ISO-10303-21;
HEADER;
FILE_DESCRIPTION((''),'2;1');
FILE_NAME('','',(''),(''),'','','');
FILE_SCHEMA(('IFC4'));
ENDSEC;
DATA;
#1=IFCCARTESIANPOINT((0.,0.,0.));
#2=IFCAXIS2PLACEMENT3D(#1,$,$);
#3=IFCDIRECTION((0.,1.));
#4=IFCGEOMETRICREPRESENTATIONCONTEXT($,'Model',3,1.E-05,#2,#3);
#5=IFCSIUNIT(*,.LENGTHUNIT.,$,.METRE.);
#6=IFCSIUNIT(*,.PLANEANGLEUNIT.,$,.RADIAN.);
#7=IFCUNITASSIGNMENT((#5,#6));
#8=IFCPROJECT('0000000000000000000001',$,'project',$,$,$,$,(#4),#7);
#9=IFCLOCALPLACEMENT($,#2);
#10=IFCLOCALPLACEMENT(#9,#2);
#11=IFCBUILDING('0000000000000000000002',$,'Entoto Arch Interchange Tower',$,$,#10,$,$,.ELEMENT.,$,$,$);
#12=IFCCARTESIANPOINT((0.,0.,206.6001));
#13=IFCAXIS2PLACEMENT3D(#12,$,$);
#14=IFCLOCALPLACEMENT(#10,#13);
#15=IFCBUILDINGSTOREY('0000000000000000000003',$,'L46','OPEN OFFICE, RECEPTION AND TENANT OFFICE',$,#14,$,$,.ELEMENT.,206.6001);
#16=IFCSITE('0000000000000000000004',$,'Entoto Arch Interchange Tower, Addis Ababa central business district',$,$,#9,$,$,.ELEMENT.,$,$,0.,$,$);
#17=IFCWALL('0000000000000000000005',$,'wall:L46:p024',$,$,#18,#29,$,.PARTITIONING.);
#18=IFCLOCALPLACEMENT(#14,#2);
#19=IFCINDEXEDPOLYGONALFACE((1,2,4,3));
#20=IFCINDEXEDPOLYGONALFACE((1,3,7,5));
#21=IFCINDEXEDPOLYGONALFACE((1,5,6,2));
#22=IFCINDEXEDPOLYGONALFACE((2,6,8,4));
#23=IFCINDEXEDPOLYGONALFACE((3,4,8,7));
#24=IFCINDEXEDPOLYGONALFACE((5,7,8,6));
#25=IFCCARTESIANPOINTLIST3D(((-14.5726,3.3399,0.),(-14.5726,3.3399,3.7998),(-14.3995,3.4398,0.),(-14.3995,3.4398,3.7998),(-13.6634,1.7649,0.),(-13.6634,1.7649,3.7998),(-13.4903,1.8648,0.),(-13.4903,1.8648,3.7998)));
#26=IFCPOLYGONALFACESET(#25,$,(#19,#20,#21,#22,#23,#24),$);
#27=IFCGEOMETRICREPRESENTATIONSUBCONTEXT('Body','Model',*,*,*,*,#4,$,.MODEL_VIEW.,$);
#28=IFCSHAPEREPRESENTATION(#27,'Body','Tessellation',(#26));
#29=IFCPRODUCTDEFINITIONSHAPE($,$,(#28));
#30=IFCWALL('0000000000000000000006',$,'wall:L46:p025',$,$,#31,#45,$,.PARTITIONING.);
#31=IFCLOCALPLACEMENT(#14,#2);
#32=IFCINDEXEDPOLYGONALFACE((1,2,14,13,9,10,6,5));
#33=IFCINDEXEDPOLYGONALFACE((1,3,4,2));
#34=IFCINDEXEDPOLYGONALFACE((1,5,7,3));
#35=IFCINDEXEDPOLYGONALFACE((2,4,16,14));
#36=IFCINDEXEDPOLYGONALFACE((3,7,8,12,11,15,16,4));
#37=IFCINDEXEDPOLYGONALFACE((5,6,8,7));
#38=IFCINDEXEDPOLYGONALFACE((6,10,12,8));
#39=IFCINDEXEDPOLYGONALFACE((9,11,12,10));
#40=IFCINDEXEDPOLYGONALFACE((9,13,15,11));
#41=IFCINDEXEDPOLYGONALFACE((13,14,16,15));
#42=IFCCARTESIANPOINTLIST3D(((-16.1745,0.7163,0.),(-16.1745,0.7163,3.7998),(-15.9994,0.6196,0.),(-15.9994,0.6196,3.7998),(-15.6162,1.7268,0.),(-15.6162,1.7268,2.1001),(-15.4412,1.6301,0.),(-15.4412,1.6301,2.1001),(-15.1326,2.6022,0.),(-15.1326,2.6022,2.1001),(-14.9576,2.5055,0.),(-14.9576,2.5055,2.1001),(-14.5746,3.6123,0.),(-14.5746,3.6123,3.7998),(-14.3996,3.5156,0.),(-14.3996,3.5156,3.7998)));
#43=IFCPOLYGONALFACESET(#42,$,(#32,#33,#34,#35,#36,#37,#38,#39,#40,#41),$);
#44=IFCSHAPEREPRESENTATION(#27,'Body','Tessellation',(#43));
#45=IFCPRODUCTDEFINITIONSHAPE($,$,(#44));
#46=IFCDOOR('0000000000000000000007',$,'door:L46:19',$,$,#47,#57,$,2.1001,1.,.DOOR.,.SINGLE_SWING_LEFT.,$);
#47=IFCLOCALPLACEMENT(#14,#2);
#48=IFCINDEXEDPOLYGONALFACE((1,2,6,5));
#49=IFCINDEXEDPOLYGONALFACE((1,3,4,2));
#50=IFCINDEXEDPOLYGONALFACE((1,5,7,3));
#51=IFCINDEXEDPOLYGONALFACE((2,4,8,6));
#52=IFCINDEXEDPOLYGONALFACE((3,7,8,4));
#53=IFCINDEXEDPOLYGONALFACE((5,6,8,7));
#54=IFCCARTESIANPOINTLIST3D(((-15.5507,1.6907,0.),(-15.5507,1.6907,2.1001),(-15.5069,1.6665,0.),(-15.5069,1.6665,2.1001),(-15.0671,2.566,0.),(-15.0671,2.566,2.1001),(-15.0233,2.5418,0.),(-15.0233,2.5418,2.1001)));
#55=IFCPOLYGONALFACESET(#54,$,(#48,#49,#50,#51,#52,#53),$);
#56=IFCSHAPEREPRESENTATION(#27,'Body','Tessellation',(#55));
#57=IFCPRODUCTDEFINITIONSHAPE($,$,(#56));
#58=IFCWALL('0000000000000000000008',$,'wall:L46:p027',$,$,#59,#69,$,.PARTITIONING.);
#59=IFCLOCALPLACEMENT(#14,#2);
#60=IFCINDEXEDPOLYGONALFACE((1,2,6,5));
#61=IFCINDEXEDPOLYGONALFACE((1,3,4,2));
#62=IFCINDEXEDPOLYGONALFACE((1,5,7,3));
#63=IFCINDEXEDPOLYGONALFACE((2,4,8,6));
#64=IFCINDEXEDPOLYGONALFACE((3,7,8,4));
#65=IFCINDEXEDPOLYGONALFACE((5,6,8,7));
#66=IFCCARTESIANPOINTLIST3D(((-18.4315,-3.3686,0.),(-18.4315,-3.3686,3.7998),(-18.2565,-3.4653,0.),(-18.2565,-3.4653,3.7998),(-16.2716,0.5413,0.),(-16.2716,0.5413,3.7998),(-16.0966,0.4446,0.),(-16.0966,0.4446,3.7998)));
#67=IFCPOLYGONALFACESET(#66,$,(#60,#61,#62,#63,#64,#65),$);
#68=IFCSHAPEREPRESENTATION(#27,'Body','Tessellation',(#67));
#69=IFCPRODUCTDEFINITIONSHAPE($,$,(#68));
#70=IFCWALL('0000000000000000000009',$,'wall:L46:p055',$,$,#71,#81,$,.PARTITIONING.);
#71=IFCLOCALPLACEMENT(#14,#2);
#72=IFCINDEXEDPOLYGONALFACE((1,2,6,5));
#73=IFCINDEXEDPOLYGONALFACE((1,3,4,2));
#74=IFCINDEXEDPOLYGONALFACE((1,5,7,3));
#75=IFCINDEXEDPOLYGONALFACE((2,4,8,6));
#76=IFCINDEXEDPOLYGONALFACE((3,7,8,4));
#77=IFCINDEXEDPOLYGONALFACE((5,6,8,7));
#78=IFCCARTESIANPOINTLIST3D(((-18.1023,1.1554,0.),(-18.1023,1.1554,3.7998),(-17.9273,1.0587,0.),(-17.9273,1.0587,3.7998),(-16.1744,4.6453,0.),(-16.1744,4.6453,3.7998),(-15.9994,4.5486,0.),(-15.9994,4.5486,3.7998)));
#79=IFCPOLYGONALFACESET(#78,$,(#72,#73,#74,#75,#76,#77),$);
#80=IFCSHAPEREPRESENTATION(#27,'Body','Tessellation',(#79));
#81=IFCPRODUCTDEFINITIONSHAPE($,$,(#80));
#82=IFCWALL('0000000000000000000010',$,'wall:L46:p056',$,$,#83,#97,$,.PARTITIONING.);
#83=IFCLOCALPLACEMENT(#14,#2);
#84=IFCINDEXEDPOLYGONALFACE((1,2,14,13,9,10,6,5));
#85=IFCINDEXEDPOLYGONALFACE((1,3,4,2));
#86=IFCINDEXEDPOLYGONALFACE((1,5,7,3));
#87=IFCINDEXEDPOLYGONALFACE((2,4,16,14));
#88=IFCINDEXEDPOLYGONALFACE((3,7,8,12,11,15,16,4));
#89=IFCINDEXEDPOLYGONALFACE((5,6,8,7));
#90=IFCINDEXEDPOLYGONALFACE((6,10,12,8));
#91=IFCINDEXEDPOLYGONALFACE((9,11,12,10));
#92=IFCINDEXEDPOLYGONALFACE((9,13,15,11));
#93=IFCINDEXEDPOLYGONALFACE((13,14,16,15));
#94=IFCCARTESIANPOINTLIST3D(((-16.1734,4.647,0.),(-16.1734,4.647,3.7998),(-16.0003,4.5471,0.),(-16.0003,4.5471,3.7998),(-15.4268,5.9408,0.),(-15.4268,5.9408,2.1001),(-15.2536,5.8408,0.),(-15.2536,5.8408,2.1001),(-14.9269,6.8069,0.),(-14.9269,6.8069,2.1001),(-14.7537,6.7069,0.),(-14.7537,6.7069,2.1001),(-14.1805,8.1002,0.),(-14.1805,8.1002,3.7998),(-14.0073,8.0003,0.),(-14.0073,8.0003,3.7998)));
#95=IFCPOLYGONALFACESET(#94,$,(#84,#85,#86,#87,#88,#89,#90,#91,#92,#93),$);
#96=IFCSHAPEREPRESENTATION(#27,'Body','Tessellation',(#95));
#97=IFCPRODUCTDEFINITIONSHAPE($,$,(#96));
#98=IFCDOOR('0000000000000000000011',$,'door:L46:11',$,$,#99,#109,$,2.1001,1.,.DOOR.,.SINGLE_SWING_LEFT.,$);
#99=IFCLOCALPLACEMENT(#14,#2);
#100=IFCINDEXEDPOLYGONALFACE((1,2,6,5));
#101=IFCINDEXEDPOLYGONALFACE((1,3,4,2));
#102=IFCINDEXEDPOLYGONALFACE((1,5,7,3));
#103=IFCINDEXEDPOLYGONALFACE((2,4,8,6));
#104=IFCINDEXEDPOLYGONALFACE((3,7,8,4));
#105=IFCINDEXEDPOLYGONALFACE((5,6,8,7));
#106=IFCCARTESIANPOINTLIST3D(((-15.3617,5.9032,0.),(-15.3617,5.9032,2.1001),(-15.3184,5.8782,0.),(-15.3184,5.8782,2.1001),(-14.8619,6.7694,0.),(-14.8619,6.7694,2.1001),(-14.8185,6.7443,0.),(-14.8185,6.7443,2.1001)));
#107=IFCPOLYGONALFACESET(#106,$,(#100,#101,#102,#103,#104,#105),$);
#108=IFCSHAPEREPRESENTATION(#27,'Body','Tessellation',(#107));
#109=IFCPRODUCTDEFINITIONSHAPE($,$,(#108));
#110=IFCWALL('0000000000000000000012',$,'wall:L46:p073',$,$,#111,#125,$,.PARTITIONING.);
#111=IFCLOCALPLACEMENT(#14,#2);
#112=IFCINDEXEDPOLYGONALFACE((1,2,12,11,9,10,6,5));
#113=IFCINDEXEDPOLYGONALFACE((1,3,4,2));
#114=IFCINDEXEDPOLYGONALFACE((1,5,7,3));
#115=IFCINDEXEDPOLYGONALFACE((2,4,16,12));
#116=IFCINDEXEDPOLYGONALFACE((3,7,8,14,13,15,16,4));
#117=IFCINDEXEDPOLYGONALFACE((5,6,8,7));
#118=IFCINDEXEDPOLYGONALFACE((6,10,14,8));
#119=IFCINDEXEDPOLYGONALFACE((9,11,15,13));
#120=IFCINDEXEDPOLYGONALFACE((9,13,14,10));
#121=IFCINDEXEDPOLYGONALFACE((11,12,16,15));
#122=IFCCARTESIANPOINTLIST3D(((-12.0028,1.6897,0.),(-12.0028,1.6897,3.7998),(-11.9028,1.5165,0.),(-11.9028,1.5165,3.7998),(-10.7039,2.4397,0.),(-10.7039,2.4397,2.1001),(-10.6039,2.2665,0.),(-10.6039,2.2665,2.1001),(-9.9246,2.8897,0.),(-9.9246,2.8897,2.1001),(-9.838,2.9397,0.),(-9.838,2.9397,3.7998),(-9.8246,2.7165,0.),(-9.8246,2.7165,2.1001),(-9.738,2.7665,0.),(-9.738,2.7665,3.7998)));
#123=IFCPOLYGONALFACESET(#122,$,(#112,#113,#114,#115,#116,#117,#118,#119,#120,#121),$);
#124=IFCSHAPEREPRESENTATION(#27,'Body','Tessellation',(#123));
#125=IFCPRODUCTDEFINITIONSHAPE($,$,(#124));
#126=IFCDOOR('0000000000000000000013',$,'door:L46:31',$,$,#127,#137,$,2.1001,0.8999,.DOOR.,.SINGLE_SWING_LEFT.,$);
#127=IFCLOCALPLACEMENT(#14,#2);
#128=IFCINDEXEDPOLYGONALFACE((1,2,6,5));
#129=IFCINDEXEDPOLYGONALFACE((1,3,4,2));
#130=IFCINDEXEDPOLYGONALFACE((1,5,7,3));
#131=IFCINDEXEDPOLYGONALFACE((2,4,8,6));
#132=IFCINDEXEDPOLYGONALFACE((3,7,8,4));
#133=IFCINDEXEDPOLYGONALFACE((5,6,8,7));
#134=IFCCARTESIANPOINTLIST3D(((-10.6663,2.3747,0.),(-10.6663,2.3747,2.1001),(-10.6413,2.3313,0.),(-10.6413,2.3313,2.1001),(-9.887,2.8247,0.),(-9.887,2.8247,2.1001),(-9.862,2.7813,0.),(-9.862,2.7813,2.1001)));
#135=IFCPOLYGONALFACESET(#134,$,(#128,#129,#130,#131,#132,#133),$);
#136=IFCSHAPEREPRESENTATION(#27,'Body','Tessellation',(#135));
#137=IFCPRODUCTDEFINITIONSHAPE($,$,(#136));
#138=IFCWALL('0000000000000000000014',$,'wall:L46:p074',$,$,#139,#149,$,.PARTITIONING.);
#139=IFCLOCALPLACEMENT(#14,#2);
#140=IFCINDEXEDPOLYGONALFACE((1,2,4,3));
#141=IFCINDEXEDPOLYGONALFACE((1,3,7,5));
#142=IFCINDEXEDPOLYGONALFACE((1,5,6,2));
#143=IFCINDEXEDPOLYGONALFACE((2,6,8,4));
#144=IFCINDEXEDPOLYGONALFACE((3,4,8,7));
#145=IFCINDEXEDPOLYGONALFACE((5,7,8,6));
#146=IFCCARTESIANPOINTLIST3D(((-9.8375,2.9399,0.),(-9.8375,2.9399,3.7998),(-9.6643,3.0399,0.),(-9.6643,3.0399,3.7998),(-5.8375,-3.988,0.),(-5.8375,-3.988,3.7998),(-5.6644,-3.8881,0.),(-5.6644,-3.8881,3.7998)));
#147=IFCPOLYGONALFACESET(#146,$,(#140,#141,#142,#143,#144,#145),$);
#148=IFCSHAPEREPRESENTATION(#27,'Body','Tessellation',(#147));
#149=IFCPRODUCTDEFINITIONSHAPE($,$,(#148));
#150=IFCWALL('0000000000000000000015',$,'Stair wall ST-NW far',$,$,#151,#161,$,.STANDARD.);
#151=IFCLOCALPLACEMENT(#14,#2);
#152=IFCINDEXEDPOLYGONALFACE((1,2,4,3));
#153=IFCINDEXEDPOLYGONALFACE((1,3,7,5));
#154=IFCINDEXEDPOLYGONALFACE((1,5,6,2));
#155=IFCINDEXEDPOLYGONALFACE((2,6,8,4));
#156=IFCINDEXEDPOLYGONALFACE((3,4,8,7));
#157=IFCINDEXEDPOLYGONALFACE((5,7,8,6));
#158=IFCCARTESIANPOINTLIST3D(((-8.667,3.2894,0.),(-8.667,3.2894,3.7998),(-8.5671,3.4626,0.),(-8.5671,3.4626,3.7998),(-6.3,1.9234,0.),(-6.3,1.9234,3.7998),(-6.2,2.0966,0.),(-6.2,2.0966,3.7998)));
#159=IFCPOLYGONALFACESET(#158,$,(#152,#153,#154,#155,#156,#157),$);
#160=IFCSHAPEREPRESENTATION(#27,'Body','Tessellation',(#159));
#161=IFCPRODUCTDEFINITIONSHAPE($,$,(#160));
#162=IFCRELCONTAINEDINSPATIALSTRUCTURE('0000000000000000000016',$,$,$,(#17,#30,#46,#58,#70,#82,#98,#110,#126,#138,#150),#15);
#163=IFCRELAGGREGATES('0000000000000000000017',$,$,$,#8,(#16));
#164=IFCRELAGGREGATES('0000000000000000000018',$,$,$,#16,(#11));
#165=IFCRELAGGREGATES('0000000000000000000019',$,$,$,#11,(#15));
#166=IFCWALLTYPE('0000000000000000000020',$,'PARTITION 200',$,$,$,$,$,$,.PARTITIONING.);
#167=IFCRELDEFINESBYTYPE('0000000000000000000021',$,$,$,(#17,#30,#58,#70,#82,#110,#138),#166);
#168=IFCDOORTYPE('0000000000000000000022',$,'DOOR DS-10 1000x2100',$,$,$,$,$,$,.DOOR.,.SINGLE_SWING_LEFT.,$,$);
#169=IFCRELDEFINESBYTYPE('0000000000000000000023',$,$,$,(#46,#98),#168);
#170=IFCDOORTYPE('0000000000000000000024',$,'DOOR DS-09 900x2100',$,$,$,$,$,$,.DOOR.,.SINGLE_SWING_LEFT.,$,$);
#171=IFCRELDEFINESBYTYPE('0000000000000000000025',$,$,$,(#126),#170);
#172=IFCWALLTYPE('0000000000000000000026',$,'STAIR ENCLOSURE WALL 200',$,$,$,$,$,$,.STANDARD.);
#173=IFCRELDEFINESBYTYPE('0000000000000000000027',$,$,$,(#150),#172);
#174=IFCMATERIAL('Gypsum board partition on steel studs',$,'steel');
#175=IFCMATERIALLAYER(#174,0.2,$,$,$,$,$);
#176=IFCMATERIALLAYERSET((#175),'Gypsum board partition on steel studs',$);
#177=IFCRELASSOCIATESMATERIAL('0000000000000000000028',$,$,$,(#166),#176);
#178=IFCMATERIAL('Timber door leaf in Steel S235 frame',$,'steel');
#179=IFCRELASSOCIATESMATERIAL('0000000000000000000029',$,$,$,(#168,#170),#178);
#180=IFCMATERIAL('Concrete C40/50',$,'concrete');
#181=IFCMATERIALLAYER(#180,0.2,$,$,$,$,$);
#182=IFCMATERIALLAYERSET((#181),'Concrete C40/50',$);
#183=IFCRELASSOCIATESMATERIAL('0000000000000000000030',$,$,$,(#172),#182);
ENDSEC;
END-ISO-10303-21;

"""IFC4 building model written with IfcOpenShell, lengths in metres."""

from ifc_helpers import new_model, si_unit, direction, frame, frame_2d, origin, place, context, subcontext, project, spatial, rectangle, extrude, material, layer, layer_set, type_object, element, fill, save


model = new_model("IFC4")

# Units and contexts
model_context = context("Model", 3, precision=1e-05, world=origin(), true_north=direction((0.0, 1.0)))
body_context = subcontext(model_context, "Body", "Model", "MODEL_VIEW")
ifc_project = project(units=[si_unit("LENGTHUNIT", "METRE"), si_unit("PLANEANGLEUNIT", "RADIAN")], contexts=[model_context])

# Site, building, storey
site_placement = place(None, origin())
site = spatial("IfcSite", under=ifc_project, at=site_placement, Name="Entoto Arch Interchange Tower, Addis Ababa central business district", CompositionType="ELEMENT", RefElevation=0.0)
building_placement = place(site_placement, origin())
building = spatial("IfcBuilding", under=site, at=building_placement, Name="Entoto Arch Interchange Tower", CompositionType="ELEMENT")
storey_placement = place(building_placement, frame((0.0, 0.0, 206.6001)))
storey = spatial("IfcBuildingStorey", under=building, at=storey_placement, Name="L46", Description="OPEN OFFICE, RECEPTION AND TENANT OFFICE", CompositionType="ELEMENT", Elevation=206.6001)

# Shared definitions
ifc_material_1 = material(Name="Concrete C40/50", Category="concrete")

# Wall
ifc_material_2 = material(Name="Gypsum board partition on steel studs", Category="steel")
ifc_layer_1 = layer(ifc_material_2, 0.2)
ifc_layer_set_1 = layer_set([ifc_layer_1], Name="Gypsum board partition on steel studs")
wall_type_1 = type_object("IfcWallType", Name="PARTITION 200", PredefinedType="PARTITIONING", material=ifc_layer_set_1)
wall_1_placement = place(storey_placement, frame((-13.5769, 1.8149, 0.0), z_axis=(0.0, 0.0, 1.0), x_axis=(-0.499951, 0.866054, 0.0)))
element("IfcWall", 1, at=wall_1_placement, inside=storey, type_object=wall_type_1, Name="wall:L46:p024", PredefinedType="PARTITIONING", context=body_context, shape_type="SweptSolid", body=[
    extrude(rectangle(XDim=1.8186, YDim=0.2, at=frame_2d((0.9092, 0.0))), origin(), (0.0, 0.0, 1.0), 3.7998),
])

# Wall, opening, door
wall_2_placement = place(storey_placement, frame((-14.4871, 3.564, 0.0), z_axis=(0.0, 0.0, 1.0), x_axis=(-0.483555, -0.875314, 0.0)))
wall_2 = element("IfcWall", 2, at=wall_2_placement, inside=storey, type_object=wall_type_1, Name="wall:L46:p025", PredefinedType="PARTITIONING", context=body_context, shape_type="SweptSolid", body=[
    extrude(rectangle(XDim=3.3086, YDim=0.2, at=frame_2d((1.6543, 0.0))), origin(), (0.0, 0.0, 1.0), 3.7998),
])
opening_1_placement = place(wall_2_placement, frame((1.1541, 0.0, 0.0)))
opening_1 = element("IfcOpeningElement", 3, at=opening_1_placement, cuts=wall_2, PredefinedType="OPENING", context=body_context, shape_type="SweptSolid", body=[
    extrude(rectangle(XDim=1.0, YDim=2.1001, at=frame_2d((0.5, 1.05))), frame((0.0, 0.1099, 0.0), z_axis=(0.0, -1.0, 0.0), x_axis=(1.0, 0.0, 0.0)), (0.0, 0.0, 1.0), 0.22),
])
ifc_material_3 = material(Name="Timber door leaf in Steel S235 frame", Category="steel")
door_type_1 = type_object("IfcDoorType", Name="DOOR DS-10 1000x2100", OperationType="SINGLE_SWING_LEFT", PredefinedType="DOOR", material=ifc_material_3)
door_1_placement = place(opening_1_placement, origin())
door_1 = element("IfcDoor", 4, at=door_1_placement, inside=storey, type_object=door_type_1, Name="door:L46:19", OperationType="SINGLE_SWING_LEFT", OverallHeight=2.1001, OverallWidth=1.0, PredefinedType="DOOR", context=body_context, shape_type="SweptSolid", body=[
    extrude(rectangle(XDim=1.0, YDim=2.1001, at=frame_2d((0.5, 1.05))), frame((0.0, 0.0249, 0.0), z_axis=(0.0, -1.0, 0.0), x_axis=(1.0, 0.0, 0.0)), (0.0, 0.0, 1.0), 0.05),
])
fill(opening_1, door_1)

# Walls
wall_3_placement = place(storey_placement, frame((-16.1841, 0.4929, 0.0), z_axis=(0.0, 0.0, 1.0), x_axis=(-0.483544, -0.87532, 0.0)))
element("IfcWall", 5, at=wall_3_placement, inside=storey, type_object=wall_type_1, Name="wall:L46:p027", PredefinedType="PARTITIONING", context=body_context, shape_type="SweptSolid", body=[
    extrude(rectangle(XDim=4.4668, YDim=0.2, at=frame_2d((2.2334, 0.0))), origin(), (0.0, 0.0, 1.0), 3.7998),
])
wall_4_placement = place(storey_placement, frame((-18.0149, 1.1069, 0.0), z_axis=(0.0, 0.0, 1.0), x_axis=(0.483552, 0.875316, 0.0)))
element("IfcWall", 6, at=wall_4_placement, inside=storey, type_object=wall_type_1, Name="wall:L46:p055", PredefinedType="PARTITIONING", context=body_context, shape_type="SweptSolid", body=[
    extrude(rectangle(XDim=3.9871, YDim=0.2, at=frame_2d((1.9937, 0.0))), origin(), (0.0, 0.0, 1.0), 3.7998),
])

# Walls, openings, doors
wall_5_placement = place(storey_placement, frame((-16.0869, 4.5969, 0.0), z_axis=(0.0, 0.0, 1.0), x_axis=(0.49986, 0.866106, 0.0)))
wall_5 = element("IfcWall", 7, at=wall_5_placement, inside=storey, type_object=wall_type_1, Name="wall:L46:p056", PredefinedType="PARTITIONING", context=body_context, shape_type="SweptSolid", body=[
    extrude(rectangle(XDim=3.9871, YDim=0.2, at=frame_2d((1.9937, 0.0))), origin(), (0.0, 0.0, 1.0), 3.7998),
])
opening_2_placement = place(wall_5_placement, frame((1.4939, 0.0, 0.0)))
opening_2 = element("IfcOpeningElement", 8, at=opening_2_placement, cuts=wall_5, PredefinedType="OPENING", context=body_context, shape_type="SweptSolid", body=[
    extrude(rectangle(XDim=1.0, YDim=2.1001, at=frame_2d((0.5, 1.05))), frame((0.0, 0.1099, 0.0), z_axis=(0.0, -1.0, 0.0), x_axis=(1.0, 0.0, 0.0)), (0.0, 0.0, 1.0), 0.22),
])
door_2_placement = place(opening_2_placement, origin())
door_2 = element("IfcDoor", 9, at=door_2_placement, inside=storey, type_object=door_type_1, Name="door:L46:11", OperationType="SINGLE_SWING_LEFT", OverallHeight=2.1001, OverallWidth=1.0, PredefinedType="DOOR", context=body_context, shape_type="SweptSolid", body=[
    extrude(rectangle(XDim=1.0, YDim=2.1001, at=frame_2d((0.5, 1.05))), frame((0.0, 0.0249, 0.0), z_axis=(0.0, -1.0, 0.0), x_axis=(1.0, 0.0, 0.0)), (0.0, 0.0, 1.0), 0.05),
])
fill(opening_2, door_2)
wall_6_placement = place(storey_placement, frame((-11.9529, 1.603, 0.0), z_axis=(0.0, 0.0, 1.0), x_axis=(0.865999, 0.500047, 0.0)))
wall_6 = element("IfcWall", 10, at=wall_6_placement, inside=storey, type_object=wall_type_1, Name="wall:L46:p073", PredefinedType="PARTITIONING", context=body_context, shape_type="SweptSolid", body=[
    extrude(rectangle(XDim=2.4998, YDim=0.2, at=frame_2d((1.25, 0.0))), origin(), (0.0, 0.0, 1.0), 3.7998),
])
opening_3_placement = place(wall_6_placement, frame((1.5, 0.0, 0.0)))
opening_3 = element("IfcOpeningElement", 11, at=opening_3_placement, cuts=wall_6, PredefinedType="OPENING", context=body_context, shape_type="SweptSolid", body=[
    extrude(rectangle(XDim=0.8999, YDim=2.1001, at=frame_2d((0.45, 1.05))), frame((0.0, 0.1099, 0.0), z_axis=(0.0, -1.0, 0.0), x_axis=(1.0, 0.0, 0.0)), (0.0, 0.0, 1.0), 0.22),
])
door_type_2 = type_object("IfcDoorType", Name="DOOR DS-09 900x2100", OperationType="SINGLE_SWING_LEFT", PredefinedType="DOOR", material=ifc_material_3)
door_3_placement = place(opening_3_placement, origin())
door_3 = element("IfcDoor", 12, at=door_3_placement, inside=storey, type_object=door_type_2, Name="door:L46:31", OperationType="SINGLE_SWING_LEFT", OverallHeight=2.1001, OverallWidth=0.8999, PredefinedType="DOOR", context=body_context, shape_type="SweptSolid", body=[
    extrude(rectangle(XDim=0.8999, YDim=2.1001, at=frame_2d((0.45, 1.05))), frame((0.0, 0.0249, 0.0), z_axis=(0.0, -1.0, 0.0), x_axis=(1.0, 0.0, 0.0)), (0.0, 0.0, 1.0), 0.05),
])
fill(opening_3, door_3)

# Walls
wall_7_placement = place(storey_placement, frame((-9.751, 2.99, 0.0), z_axis=(0.0, 0.0, 1.0), x_axis=(0.500012, -0.866018, 0.0)))
element("IfcWall", 13, at=wall_7_placement, inside=storey, type_object=wall_type_1, Name="wall:L46:p074", PredefinedType="PARTITIONING", context=body_context, shape_type="SweptSolid", body=[
    extrude(rectangle(XDim=7.9998, YDim=0.2, at=frame_2d((4.0, 0.0))), origin(), (0.0, 0.0, 1.0), 3.7998),
])
ifc_layer_2 = layer(ifc_material_1, 0.2)
ifc_layer_set_2 = layer_set([ifc_layer_2], Name="Concrete C40/50")
wall_type_2 = type_object("IfcWallType", Name="STAIR ENCLOSURE WALL 200", PredefinedType="STANDARD", material=ifc_layer_set_2)
wall_8_placement = place(storey_placement, frame((-6.25, 2.01, 0.0), z_axis=(0.0, 0.0, 1.0), x_axis=(-0.866119, 0.499838, 0.0)))
element("IfcWall", 14, at=wall_8_placement, inside=storey, type_object=wall_type_2, Name="Stair wall ST-NW far", PredefinedType="STANDARD", context=body_context, shape_type="SweptSolid", body=[
    extrude(rectangle(XDim=2.7329, YDim=0.2, at=frame_2d((1.3665, 0.0))), origin(), (0.0, 0.0, 1.0), 3.7998),
])

save(model, "model.ifc")
